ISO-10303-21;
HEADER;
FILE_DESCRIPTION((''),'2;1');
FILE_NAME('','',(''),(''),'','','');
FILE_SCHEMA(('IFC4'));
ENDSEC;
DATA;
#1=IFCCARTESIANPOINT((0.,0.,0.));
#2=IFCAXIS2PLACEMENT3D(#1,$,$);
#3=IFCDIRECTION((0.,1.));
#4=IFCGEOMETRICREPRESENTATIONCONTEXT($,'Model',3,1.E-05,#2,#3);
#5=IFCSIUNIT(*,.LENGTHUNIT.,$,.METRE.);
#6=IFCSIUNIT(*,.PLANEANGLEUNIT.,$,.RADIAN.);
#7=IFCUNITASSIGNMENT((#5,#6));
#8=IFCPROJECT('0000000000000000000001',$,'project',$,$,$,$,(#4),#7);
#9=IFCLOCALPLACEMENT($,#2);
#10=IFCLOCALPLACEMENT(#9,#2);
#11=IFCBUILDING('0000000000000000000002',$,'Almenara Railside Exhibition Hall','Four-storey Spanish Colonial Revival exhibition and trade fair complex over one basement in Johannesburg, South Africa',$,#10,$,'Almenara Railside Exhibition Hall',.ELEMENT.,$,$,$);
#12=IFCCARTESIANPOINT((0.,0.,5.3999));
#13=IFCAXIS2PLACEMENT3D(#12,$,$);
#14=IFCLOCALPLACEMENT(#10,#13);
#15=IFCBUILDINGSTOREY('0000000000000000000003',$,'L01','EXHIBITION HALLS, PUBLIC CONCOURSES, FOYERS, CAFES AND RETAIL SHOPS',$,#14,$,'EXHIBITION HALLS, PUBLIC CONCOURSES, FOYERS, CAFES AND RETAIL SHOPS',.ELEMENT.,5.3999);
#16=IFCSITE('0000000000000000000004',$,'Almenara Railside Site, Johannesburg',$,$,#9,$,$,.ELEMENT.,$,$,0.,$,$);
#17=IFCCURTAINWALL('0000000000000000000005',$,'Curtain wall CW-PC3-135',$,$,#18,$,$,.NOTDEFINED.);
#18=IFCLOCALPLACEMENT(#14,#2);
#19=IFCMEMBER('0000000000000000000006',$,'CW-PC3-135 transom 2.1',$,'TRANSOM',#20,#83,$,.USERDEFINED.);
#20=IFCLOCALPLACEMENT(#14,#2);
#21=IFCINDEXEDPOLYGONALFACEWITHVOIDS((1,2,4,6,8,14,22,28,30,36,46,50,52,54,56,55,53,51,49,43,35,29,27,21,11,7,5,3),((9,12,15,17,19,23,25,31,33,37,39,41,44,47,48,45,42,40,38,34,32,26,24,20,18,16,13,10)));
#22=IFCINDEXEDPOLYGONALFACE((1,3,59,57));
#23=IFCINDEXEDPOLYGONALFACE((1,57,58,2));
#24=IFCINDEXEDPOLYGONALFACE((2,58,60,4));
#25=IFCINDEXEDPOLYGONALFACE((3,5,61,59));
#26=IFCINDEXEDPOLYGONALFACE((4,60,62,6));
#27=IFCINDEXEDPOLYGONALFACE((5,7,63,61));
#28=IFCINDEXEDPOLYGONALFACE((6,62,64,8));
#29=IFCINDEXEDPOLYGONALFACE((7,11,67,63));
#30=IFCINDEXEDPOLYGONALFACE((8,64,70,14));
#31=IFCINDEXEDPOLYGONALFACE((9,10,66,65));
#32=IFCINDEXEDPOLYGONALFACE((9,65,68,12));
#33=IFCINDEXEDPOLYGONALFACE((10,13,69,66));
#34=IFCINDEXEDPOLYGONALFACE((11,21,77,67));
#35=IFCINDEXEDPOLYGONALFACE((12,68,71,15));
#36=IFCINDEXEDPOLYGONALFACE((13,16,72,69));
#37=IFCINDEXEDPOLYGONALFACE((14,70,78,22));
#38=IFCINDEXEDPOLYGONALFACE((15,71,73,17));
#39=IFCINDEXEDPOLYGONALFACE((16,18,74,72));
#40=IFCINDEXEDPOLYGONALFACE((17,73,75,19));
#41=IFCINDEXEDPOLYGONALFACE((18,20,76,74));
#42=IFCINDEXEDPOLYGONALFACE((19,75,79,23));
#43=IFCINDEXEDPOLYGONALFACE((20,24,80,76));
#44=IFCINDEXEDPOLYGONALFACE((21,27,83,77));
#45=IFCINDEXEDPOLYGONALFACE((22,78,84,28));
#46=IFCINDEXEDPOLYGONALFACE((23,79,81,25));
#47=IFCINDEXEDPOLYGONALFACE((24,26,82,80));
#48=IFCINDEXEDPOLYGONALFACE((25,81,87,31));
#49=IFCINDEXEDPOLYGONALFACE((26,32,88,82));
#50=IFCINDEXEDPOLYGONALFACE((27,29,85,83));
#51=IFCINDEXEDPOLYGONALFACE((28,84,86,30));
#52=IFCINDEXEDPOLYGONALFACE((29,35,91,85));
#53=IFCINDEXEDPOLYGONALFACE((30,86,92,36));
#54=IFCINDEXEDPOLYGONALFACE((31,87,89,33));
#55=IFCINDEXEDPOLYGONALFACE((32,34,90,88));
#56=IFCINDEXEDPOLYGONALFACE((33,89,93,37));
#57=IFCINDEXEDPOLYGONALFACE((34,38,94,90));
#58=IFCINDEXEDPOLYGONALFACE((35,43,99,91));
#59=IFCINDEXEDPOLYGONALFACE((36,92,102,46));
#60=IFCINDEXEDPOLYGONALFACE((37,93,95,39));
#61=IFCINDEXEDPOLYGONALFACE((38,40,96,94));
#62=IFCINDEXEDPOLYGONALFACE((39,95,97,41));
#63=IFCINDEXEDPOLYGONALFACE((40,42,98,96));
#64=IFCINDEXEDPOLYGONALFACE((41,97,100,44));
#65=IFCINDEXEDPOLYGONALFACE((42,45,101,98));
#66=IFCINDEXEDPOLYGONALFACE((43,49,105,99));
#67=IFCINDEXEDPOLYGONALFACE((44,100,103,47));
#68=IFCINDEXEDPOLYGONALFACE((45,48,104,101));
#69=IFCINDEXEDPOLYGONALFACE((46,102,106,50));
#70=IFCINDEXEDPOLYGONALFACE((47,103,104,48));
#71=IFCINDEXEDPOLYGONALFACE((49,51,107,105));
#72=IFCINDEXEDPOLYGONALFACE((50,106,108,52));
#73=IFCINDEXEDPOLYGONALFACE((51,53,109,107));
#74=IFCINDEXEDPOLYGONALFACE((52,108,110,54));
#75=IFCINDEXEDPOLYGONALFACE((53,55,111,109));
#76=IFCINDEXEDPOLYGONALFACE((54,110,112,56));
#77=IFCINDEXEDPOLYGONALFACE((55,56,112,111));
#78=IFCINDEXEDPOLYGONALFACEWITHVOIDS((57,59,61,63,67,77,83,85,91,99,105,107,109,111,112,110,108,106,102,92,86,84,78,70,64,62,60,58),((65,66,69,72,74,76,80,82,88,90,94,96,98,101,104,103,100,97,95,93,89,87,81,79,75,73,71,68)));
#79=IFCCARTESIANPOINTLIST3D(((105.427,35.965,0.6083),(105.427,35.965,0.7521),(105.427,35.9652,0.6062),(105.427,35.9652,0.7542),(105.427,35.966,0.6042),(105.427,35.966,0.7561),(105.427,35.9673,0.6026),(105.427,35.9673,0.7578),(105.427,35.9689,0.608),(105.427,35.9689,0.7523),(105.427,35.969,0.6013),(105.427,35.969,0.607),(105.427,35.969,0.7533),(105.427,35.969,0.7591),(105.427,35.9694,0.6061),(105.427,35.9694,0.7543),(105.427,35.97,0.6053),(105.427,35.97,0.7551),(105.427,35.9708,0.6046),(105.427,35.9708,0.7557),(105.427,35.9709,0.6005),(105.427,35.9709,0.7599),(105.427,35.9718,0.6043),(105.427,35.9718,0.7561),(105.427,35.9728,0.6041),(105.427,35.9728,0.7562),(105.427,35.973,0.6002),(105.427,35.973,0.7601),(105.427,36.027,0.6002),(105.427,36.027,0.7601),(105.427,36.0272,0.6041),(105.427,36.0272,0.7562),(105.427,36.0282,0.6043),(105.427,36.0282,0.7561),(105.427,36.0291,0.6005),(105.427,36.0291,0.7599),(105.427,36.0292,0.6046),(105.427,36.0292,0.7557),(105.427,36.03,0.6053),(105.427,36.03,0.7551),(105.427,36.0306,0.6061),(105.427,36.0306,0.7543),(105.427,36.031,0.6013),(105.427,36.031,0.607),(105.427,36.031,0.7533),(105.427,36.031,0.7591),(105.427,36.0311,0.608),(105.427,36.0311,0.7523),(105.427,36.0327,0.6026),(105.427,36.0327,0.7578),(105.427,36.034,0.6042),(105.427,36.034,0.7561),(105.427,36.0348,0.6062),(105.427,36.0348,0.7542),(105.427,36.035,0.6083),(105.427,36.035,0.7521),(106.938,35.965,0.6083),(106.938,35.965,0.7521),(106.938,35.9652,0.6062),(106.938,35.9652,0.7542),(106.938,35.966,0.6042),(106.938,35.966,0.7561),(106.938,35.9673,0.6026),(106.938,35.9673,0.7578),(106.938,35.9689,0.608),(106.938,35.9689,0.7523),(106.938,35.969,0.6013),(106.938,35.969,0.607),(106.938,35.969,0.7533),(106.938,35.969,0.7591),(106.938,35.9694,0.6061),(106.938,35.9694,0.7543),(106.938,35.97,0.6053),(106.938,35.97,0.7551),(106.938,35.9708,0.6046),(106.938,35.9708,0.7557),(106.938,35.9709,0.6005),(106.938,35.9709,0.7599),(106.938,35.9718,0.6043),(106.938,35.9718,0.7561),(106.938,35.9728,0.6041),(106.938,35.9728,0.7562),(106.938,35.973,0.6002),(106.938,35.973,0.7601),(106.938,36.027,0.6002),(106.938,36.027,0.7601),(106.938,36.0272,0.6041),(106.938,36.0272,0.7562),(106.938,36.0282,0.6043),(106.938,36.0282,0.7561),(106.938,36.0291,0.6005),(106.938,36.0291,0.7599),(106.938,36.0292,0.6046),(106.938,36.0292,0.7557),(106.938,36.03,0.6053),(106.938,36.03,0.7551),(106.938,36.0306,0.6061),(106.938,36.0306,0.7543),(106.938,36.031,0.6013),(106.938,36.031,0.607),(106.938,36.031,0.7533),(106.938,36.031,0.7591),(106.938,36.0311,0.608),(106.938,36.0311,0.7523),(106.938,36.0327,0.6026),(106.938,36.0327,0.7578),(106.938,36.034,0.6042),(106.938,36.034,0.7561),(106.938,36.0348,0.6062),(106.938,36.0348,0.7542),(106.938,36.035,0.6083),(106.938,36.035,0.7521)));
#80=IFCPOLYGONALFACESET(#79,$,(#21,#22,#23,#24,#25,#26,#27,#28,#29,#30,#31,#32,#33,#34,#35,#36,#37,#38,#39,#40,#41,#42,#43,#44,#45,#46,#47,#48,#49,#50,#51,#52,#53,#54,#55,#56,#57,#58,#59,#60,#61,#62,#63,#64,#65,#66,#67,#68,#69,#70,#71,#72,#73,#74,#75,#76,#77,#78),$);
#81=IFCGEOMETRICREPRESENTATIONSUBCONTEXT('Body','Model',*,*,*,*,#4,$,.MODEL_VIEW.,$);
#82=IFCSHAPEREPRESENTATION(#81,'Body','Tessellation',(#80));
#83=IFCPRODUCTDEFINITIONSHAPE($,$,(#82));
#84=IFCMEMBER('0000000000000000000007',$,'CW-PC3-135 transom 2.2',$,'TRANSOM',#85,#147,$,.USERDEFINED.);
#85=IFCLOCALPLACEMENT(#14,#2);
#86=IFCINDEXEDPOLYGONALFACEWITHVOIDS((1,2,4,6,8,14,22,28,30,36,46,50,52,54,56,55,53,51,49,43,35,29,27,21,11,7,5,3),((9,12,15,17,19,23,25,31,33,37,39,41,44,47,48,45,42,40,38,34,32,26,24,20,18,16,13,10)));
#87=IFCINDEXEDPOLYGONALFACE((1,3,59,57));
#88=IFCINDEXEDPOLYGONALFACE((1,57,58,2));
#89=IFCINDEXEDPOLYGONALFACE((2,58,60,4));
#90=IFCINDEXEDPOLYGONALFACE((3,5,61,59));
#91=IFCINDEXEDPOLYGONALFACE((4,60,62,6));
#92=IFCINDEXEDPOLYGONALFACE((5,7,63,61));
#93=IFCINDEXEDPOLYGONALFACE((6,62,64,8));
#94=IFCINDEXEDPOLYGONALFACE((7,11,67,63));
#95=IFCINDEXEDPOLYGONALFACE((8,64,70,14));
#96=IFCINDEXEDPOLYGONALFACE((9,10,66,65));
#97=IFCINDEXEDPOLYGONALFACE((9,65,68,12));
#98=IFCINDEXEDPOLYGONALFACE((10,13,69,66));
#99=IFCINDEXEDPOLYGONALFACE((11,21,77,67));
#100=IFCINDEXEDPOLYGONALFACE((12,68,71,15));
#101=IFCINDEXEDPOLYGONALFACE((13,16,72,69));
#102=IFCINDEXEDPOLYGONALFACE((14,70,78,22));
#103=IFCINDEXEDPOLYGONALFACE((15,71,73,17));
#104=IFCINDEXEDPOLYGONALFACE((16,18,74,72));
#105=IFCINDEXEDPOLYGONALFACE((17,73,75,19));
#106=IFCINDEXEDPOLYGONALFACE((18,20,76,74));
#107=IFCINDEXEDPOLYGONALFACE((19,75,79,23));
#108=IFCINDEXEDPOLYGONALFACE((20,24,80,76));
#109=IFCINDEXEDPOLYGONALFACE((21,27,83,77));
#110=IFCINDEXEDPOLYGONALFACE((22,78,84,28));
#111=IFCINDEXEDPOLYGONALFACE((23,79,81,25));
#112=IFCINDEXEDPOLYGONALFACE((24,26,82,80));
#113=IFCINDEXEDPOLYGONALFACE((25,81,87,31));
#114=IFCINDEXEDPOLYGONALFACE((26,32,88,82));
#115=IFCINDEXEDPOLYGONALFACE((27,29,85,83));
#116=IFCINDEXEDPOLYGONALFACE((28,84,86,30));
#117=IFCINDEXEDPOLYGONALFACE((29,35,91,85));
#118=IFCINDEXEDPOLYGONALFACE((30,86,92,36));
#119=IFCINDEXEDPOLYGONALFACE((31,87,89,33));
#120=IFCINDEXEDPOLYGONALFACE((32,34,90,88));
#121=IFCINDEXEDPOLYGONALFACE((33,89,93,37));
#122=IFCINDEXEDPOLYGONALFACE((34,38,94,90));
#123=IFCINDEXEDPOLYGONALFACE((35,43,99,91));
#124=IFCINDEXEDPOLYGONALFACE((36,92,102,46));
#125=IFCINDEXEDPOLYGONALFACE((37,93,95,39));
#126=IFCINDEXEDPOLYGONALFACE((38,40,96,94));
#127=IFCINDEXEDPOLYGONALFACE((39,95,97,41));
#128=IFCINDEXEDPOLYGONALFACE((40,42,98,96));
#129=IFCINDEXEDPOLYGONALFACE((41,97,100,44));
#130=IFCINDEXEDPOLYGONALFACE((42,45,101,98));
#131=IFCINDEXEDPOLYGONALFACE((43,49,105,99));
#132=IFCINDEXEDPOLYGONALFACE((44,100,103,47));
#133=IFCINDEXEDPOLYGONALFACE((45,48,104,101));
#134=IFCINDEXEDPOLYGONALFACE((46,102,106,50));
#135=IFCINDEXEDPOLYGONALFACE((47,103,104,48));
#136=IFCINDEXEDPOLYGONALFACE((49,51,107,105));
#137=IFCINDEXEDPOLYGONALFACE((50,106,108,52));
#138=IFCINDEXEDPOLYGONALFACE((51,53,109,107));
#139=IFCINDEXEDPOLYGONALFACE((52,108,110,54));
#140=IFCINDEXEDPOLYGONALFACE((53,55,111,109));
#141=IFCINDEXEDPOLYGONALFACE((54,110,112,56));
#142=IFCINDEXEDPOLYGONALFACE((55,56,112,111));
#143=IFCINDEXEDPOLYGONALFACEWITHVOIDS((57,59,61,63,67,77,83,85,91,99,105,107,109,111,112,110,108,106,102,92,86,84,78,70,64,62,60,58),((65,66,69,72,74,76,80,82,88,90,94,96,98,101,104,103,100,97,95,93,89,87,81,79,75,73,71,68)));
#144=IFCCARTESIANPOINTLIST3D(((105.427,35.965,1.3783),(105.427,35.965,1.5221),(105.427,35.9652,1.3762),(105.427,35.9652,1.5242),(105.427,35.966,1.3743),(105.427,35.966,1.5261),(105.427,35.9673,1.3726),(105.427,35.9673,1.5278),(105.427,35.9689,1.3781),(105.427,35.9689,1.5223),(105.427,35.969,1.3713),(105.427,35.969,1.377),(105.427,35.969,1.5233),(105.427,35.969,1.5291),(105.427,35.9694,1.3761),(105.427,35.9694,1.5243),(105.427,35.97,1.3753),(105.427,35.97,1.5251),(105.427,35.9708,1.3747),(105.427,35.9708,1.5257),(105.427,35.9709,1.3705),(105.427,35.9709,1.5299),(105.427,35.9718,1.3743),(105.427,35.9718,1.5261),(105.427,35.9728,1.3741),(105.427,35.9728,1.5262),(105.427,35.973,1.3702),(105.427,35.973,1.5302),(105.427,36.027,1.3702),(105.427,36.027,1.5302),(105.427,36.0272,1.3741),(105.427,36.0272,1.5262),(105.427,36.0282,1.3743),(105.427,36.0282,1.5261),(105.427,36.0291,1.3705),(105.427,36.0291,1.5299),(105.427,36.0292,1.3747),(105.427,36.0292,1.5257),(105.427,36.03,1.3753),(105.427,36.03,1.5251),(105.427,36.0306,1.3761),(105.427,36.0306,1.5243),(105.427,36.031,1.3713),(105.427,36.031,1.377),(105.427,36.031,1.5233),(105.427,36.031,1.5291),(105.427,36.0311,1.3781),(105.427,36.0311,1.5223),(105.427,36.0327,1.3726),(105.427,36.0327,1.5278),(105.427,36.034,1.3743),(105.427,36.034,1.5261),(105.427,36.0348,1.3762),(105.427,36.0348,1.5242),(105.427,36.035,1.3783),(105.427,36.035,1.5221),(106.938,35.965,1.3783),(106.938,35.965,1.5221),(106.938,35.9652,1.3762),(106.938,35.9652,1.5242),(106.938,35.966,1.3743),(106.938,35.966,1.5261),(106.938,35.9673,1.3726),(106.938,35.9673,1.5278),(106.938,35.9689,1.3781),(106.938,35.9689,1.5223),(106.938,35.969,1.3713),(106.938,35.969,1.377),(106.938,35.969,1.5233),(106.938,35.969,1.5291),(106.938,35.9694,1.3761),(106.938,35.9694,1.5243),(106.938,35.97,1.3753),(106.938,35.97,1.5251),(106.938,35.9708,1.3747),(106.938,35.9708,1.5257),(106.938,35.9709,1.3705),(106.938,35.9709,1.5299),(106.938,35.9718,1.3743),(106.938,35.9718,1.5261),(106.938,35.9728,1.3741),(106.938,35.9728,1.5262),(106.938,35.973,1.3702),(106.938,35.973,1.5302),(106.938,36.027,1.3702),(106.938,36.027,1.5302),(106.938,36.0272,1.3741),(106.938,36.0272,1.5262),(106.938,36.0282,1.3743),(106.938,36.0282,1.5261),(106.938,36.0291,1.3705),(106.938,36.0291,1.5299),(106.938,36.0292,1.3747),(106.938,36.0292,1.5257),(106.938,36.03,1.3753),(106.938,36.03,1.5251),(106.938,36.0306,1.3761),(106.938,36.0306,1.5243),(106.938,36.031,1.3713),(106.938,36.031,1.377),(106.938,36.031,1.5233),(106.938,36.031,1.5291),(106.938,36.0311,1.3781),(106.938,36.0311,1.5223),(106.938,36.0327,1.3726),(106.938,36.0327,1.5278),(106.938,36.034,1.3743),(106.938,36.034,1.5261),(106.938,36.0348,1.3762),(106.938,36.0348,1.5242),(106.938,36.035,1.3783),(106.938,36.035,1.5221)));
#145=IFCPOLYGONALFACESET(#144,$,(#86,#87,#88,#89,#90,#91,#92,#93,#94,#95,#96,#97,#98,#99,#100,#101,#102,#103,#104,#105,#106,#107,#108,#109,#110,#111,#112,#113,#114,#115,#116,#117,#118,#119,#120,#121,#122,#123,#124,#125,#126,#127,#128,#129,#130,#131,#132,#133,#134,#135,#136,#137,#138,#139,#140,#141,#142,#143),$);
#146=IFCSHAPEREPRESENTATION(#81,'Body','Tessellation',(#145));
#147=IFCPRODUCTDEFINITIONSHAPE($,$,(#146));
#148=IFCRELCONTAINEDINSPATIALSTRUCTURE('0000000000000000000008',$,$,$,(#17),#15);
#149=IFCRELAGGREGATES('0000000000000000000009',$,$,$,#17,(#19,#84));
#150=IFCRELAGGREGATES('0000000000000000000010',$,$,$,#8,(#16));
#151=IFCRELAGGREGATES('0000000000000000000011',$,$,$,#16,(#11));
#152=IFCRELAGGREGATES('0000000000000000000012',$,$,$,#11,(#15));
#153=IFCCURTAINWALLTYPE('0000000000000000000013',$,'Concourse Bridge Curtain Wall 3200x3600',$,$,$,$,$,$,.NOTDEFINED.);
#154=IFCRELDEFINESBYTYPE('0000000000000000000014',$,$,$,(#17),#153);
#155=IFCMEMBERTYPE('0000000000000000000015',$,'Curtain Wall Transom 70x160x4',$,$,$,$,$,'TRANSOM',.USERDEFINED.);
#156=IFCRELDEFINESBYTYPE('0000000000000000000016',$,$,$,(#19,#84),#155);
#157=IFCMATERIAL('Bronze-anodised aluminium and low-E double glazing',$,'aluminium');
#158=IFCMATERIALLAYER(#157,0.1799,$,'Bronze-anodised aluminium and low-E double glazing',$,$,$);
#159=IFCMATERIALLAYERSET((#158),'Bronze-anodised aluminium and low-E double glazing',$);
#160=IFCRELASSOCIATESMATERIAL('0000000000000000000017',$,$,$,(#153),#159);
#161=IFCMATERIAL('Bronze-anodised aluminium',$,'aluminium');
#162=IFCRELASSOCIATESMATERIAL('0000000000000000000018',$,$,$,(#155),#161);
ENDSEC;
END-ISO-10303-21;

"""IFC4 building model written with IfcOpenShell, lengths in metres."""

from ifc_helpers import new_model, si_unit, direction, frame, origin, origin_2d, place, context, subcontext, project, spatial, hollow_rectangle, extrude, material, layer, layer_set, material_profile, profile_set, type_object, element, aggregate, save


model = new_model("IFC4")

# Units and contexts
model_context = context("Model", 3, precision=1e-05, world=origin(), true_north=direction((0.0, 1.0)))
body_context = subcontext(model_context, "Body", "Model", "MODEL_VIEW")
ifc_project = project(units=[si_unit("LENGTHUNIT", "METRE"), si_unit("PLANEANGLEUNIT", "RADIAN")], contexts=[model_context])

# Site, building, storey
site_placement = place(None, origin())
site = spatial("IfcSite", under=ifc_project, at=site_placement, Name="Almenara Railside Site, Johannesburg", CompositionType="ELEMENT", RefElevation=0.0)
building_placement = place(site_placement, origin())
building = spatial("IfcBuilding", under=site, at=building_placement, Name="Almenara Railside Exhibition Hall", Description="Four-storey Spanish Colonial Revival exhibition and trade fair complex over one basement in Johannesburg, South Africa", LongName="Almenara Railside Exhibition Hall", CompositionType="ELEMENT")
storey_placement = place(building_placement, frame((0.0, 0.0, 5.3999)))
storey = spatial("IfcBuildingStorey", under=building, at=storey_placement, Name="L01", Description="EXHIBITION HALLS, PUBLIC CONCOURSES, FOYERS, CAFES AND RETAIL SHOPS", LongName="EXHIBITION HALLS, PUBLIC CONCOURSES, FOYERS, CAFES AND RETAIL SHOPS", CompositionType="ELEMENT", Elevation=5.3999)

# Shared definitions
ifc_material_1 = material(Name="Bronze-anodised aluminium and low-E double glazing", Category="aluminium")
ifc_layer_1 = layer(ifc_material_1, 0.1799, Name="Bronze-anodised aluminium and low-E double glazing")
ifc_layer_set_1 = layer_set([ifc_layer_1], Name="Bronze-anodised aluminium and low-E double glazing")
curtain_wall_type = type_object("IfcCurtainWallType", Name="Concourse Bridge Curtain Wall 3200x3600", PredefinedType="NOTDEFINED", material=ifc_layer_set_1)
ifc_material_2 = material(Name="Bronze-anodised aluminium", Category="aluminium")

# Curtain wall, members
curtain_wall_1_placement = place(storey_placement, origin())
curtain_wall_1 = element("IfcCurtainWall", 1, at=curtain_wall_1_placement, inside=storey, type_object=curtain_wall_type, Name="Curtain wall CW-PC3-135", PredefinedType="NOTDEFINED")
ifc_material_profile_1 = material_profile(ifc_material_2, hollow_rectangle(XDim=0.0701, YDim=0.1599, WallThickness=0.0039, InnerFilletRadius=0.0039, OuterFilletRadius=0.0081, at=origin_2d()), Name="ALU-TRN 70x160x4")
ifc_profile_set_1 = profile_set([ifc_material_profile_1], Name="Bronze-anodised aluminium")
member_type_1 = type_object("IfcMemberType", Name="Curtain Wall Transom 70x160x4", ElementType="TRANSOM", PredefinedType="USERDEFINED", material=ifc_profile_set_1)
member_1_placement = place(storey_placement, frame((105.427, 36.0, 0.6802), z_axis=(1.0, 0.0, 0.0), x_axis=(0.0, 1.0, 0.0)))
member_1 = element("IfcMember", 2, at=member_1_placement, type_object=member_type_1, Name="CW-PC3-135 transom 2.1", ObjectType="TRANSOM", PredefinedType="USERDEFINED", context=body_context, shape_type="SweptSolid", body=[
    extrude(hollow_rectangle(XDim=0.0701, YDim=0.1599, WallThickness=0.0039, InnerFilletRadius=0.0039, OuterFilletRadius=0.0081, at=origin_2d()), origin(), (0.0, 0.0, 1.0), 1.511),
])
member_2_placement = place(storey_placement, frame((105.427, 36.0, 1.4502), z_axis=(1.0, 0.0, 0.0), x_axis=(0.0, 1.0, 0.0)))
member_2 = element("IfcMember", 3, at=member_2_placement, type_object=member_type_1, Name="CW-PC3-135 transom 2.2", ObjectType="TRANSOM", PredefinedType="USERDEFINED", context=body_context, shape_type="SweptSolid", body=[
    extrude(hollow_rectangle(XDim=0.0701, YDim=0.1599, WallThickness=0.0039, InnerFilletRadius=0.0039, OuterFilletRadius=0.0081, at=origin_2d()), origin(), (0.0, 0.0, 1.0), 1.511),
])

aggregate(curtain_wall_1, [member_1, member_2])

save(model, "model.ifc")
